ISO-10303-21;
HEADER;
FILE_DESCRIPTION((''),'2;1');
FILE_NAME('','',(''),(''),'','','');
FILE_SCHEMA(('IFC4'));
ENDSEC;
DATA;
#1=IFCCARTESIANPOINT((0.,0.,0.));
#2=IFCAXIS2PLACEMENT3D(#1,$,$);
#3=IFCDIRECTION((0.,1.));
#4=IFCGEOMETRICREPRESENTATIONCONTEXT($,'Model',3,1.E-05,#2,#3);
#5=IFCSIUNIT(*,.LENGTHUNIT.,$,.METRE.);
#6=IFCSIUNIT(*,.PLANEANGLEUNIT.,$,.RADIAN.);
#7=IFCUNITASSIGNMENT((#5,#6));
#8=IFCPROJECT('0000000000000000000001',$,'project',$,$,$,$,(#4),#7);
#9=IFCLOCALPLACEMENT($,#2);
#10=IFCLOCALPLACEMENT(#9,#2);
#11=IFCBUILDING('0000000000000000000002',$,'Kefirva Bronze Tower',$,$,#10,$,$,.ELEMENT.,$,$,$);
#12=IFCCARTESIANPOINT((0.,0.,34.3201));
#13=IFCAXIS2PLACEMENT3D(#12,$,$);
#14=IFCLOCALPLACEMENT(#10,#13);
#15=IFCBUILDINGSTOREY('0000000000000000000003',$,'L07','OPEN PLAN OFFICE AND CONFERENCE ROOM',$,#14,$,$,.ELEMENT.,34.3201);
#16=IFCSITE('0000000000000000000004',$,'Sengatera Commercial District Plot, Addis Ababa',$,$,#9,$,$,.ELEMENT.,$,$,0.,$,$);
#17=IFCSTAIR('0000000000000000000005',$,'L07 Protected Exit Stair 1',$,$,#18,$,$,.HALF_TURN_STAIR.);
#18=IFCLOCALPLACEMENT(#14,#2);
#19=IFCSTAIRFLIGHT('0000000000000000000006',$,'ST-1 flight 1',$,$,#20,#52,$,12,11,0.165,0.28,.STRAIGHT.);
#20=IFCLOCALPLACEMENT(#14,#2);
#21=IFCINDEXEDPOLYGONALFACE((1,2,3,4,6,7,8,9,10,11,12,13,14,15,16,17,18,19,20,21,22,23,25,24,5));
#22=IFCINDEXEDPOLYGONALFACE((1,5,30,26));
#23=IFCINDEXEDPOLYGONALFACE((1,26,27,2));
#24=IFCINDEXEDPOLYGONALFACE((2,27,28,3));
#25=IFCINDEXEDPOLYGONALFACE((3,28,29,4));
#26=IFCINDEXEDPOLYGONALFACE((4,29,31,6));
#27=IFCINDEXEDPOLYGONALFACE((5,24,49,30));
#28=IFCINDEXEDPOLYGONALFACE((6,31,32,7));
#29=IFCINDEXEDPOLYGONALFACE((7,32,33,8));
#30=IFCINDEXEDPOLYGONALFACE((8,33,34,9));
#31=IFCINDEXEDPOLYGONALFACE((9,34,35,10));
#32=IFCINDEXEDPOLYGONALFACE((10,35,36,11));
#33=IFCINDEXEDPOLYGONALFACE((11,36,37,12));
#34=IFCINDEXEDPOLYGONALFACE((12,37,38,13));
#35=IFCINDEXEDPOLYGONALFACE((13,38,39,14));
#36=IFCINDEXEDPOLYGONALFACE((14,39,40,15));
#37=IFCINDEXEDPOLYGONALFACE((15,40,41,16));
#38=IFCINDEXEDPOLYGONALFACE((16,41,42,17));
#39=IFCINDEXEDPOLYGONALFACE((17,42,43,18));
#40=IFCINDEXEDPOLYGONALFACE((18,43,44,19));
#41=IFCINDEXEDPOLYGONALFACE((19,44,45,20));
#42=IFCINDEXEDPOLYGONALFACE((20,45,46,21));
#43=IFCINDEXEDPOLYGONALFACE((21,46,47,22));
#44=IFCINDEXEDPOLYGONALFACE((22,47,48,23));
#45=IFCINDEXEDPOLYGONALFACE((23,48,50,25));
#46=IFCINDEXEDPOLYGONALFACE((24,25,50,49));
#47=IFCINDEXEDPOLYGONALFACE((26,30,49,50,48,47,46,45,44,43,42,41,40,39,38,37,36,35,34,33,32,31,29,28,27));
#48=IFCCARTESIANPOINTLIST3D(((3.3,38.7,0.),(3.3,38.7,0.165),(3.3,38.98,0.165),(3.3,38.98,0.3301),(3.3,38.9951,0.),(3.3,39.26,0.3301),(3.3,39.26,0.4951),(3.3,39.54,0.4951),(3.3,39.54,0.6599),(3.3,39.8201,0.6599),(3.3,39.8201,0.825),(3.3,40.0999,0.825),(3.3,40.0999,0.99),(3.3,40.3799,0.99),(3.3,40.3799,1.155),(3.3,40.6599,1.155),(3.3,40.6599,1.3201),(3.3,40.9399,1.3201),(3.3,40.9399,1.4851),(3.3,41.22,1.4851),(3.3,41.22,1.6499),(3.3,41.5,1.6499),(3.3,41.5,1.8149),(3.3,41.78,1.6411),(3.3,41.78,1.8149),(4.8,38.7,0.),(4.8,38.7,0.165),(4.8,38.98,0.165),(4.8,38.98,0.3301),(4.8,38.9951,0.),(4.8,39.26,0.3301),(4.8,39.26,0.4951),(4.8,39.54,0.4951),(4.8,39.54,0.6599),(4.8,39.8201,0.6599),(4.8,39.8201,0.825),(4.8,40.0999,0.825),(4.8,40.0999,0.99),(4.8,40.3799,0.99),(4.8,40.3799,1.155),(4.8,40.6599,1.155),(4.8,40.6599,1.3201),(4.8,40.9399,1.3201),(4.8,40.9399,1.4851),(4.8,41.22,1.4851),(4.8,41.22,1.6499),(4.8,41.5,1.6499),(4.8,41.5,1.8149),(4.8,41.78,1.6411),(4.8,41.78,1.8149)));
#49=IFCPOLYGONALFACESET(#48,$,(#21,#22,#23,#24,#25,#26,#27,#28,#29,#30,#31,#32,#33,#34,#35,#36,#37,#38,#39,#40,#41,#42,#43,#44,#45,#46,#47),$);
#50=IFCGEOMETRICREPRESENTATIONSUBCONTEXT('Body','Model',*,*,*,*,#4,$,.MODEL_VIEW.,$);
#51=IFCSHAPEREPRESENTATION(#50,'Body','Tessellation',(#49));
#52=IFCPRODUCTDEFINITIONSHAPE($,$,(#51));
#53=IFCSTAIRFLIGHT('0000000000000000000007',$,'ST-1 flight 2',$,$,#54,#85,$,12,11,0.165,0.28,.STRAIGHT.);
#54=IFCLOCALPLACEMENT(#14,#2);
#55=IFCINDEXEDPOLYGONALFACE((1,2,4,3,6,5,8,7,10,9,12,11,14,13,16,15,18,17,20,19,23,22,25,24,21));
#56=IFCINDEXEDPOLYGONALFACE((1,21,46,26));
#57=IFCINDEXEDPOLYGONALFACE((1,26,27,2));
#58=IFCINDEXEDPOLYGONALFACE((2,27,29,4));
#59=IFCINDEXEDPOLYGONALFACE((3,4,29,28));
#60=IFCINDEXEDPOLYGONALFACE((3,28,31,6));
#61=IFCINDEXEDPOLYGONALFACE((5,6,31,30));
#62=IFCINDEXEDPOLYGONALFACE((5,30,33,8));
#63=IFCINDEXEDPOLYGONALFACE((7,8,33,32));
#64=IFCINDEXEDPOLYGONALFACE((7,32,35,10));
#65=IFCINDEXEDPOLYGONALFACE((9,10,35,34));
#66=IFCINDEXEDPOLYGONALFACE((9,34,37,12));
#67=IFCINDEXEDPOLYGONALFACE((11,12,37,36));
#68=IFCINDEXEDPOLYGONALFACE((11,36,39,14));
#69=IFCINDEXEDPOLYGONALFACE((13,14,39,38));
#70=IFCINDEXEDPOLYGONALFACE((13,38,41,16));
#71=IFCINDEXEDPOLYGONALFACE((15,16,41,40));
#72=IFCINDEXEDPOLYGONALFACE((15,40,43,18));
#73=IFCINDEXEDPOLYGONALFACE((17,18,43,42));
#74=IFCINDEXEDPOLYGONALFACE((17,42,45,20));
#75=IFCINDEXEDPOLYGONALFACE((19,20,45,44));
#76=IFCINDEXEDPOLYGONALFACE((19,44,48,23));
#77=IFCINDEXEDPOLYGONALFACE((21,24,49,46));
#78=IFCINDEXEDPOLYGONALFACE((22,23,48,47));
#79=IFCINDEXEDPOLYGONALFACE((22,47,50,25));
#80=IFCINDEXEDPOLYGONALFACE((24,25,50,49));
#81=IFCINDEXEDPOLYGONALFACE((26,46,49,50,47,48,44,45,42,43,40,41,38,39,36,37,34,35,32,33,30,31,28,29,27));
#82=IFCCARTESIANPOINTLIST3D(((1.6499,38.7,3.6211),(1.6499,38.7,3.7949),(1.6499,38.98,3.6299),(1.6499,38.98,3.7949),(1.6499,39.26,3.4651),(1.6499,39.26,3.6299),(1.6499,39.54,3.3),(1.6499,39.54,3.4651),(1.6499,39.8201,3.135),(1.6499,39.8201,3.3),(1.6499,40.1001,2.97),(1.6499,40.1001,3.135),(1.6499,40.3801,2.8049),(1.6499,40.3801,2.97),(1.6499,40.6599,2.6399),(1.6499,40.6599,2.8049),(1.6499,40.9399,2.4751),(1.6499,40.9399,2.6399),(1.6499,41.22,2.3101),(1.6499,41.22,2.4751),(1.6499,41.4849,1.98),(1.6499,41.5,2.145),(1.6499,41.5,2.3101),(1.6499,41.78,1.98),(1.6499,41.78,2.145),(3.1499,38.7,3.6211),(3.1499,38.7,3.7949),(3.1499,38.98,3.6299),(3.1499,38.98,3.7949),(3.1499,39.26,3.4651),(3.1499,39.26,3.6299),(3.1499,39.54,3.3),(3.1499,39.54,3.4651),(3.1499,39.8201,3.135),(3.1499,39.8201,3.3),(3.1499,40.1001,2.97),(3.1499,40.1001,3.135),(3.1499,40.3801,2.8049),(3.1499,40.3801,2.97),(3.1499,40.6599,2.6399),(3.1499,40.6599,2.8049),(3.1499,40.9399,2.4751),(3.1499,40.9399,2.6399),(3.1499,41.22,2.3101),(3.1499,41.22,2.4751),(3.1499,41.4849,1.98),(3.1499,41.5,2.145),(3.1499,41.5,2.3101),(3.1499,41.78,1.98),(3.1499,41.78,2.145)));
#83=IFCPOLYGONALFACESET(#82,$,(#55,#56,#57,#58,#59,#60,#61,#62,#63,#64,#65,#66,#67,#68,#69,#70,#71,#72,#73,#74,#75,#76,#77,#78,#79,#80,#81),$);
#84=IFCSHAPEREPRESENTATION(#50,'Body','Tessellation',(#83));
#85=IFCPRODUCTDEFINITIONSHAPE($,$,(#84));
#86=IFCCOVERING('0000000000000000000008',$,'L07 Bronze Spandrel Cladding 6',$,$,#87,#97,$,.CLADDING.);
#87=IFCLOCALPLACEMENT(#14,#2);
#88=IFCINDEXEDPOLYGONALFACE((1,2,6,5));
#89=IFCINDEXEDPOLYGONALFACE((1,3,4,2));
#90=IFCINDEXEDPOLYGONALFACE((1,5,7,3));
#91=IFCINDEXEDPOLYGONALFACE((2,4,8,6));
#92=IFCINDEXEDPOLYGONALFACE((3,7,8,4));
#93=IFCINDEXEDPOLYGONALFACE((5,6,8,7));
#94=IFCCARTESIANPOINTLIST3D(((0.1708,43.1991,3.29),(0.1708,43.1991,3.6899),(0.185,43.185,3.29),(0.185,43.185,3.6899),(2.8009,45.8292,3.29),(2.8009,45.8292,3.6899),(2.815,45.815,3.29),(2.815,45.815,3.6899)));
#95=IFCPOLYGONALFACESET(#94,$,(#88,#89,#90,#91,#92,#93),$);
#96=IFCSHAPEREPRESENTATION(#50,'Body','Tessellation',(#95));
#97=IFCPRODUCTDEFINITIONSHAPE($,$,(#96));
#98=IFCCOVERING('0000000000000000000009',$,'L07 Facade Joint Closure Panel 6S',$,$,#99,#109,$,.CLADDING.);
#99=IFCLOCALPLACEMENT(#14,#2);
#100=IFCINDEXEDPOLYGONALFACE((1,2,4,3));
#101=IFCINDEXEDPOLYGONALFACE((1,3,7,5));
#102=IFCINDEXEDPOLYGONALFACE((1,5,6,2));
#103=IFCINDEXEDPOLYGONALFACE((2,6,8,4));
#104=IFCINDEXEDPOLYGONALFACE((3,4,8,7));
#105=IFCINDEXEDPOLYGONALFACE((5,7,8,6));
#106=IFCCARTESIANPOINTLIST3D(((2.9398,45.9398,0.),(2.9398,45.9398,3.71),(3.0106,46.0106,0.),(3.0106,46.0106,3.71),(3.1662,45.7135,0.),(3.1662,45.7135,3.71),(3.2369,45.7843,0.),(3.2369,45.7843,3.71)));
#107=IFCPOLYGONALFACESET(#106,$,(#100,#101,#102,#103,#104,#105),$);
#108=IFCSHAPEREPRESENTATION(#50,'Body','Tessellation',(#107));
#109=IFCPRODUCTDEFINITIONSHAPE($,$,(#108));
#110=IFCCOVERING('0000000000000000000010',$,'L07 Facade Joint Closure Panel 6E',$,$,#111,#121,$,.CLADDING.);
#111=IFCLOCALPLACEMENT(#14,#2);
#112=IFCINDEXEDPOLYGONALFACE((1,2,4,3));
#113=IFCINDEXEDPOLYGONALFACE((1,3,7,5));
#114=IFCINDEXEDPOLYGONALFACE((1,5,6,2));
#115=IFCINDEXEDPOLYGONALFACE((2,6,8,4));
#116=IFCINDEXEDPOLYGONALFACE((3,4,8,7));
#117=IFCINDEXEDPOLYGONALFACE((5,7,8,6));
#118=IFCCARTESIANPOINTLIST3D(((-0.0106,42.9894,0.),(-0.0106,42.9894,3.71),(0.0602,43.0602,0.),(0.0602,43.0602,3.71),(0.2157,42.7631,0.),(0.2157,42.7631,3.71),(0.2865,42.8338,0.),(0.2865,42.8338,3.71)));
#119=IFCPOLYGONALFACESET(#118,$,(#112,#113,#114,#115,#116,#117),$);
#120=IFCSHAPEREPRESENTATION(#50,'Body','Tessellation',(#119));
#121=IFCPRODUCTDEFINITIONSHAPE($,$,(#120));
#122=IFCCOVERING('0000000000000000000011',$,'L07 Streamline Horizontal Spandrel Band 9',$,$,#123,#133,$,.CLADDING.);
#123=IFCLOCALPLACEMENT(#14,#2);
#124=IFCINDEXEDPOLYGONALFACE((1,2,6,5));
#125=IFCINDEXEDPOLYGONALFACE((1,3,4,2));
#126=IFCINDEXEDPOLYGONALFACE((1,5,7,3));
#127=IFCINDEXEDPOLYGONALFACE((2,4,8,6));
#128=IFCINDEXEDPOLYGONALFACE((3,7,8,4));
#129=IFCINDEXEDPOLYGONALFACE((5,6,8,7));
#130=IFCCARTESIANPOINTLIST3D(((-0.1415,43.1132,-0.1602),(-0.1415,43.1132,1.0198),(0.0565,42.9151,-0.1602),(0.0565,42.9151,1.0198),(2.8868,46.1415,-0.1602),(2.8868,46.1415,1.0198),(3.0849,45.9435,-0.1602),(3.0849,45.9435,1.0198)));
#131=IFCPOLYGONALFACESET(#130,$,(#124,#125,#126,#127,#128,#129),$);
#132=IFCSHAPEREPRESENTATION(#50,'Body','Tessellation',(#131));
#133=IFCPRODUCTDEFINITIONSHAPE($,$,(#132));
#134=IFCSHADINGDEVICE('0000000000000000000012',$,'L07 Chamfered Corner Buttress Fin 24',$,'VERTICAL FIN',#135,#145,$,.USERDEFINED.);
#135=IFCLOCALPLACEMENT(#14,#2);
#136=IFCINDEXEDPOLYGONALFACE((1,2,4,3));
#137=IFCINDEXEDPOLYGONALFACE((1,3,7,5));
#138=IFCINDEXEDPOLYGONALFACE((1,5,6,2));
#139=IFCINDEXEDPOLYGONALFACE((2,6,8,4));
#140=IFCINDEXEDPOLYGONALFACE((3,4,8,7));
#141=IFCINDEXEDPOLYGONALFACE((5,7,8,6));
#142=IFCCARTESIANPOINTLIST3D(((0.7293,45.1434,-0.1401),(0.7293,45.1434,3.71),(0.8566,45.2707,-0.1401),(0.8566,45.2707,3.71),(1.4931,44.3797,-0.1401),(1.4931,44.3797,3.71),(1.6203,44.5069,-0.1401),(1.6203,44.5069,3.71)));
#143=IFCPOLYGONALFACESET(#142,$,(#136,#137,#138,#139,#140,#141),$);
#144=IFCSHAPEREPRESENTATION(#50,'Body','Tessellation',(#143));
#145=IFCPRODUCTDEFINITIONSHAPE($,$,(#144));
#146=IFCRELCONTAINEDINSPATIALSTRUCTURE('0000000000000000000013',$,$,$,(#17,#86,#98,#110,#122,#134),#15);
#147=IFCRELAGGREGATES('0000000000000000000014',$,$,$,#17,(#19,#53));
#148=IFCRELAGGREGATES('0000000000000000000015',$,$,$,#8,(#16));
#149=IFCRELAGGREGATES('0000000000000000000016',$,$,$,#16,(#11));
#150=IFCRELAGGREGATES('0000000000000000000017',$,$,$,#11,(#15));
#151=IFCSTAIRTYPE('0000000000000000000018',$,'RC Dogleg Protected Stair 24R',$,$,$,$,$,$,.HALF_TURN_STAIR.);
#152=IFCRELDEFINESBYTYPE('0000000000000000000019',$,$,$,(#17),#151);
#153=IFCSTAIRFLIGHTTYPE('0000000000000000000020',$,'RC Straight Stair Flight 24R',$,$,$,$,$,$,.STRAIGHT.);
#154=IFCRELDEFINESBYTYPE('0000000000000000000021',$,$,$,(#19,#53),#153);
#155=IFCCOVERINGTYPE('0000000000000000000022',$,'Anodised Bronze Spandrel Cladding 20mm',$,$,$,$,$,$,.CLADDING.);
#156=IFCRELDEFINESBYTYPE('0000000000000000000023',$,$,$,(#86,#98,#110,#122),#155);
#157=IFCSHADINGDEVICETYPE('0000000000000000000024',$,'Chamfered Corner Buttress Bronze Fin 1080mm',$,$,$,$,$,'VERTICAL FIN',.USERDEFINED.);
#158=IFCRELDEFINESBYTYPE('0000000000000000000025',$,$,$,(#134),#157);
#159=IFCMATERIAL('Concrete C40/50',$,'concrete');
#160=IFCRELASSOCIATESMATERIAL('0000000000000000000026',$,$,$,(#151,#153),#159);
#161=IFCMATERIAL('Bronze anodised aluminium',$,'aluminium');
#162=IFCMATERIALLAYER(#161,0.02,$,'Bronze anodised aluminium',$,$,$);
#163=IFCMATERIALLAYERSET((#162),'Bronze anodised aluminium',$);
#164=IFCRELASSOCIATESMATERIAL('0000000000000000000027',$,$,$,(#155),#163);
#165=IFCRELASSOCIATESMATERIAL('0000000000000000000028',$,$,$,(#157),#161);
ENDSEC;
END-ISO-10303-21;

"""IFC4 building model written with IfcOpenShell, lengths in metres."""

from ifc_helpers import new_model, si_unit, direction, frame, origin, origin_2d, place, context, subcontext, project, spatial, polyline, rectangle, outline, extrude, material, layer, layer_set, material_profile, profile_set, type_object, element, aggregate, save


model = new_model("IFC4")

# Units and contexts
model_context = context("Model", 3, precision=1e-05, world=origin(), true_north=direction((0.0, 1.0)))
body_context = subcontext(model_context, "Body", "Model", "MODEL_VIEW")
ifc_project = project(units=[si_unit("LENGTHUNIT", "METRE"), si_unit("PLANEANGLEUNIT", "RADIAN")], contexts=[model_context])

# Site, building, storey
site_placement = place(None, origin())
site = spatial("IfcSite", under=ifc_project, at=site_placement, Name="Sengatera Commercial District Plot, Addis Ababa", CompositionType="ELEMENT", RefElevation=0.0)
building_placement = place(site_placement, origin())
building = spatial("IfcBuilding", under=site, at=building_placement, Name="Kefirva Bronze Tower", CompositionType="ELEMENT")
storey_placement = place(building_placement, frame((0.0, 0.0, 34.3201)))
storey = spatial("IfcBuildingStorey", under=building, at=storey_placement, Name="L07", Description="OPEN PLAN OFFICE AND CONFERENCE ROOM", CompositionType="ELEMENT", Elevation=34.3201)

# Shared definitions
ifc_material_1 = material(Name="Bronze anodised aluminium", Category="aluminium")

# Stair, stair flights
ifc_material_2 = material(Name="Concrete C40/50", Category="concrete")
stair_type = type_object("IfcStairType", Name="RC Dogleg Protected Stair 24R", PredefinedType="HALF_TURN_STAIR", material=ifc_material_2)
stair_placement = place(storey_placement, origin())
stair = element("IfcStair", 1, at=stair_placement, inside=storey, type_object=stair_type, Name="L07 Protected Exit Stair 1", PredefinedType="HALF_TURN_STAIR")
stair_flight_type = type_object("IfcStairFlightType", Name="RC Straight Stair Flight 24R", PredefinedType="STRAIGHT", material=ifc_material_2)
stair_flight_1_placement = place(storey_placement, frame((4.05, 38.7, 0.0), z_axis=(0.0, 0.0, 1.0), x_axis=(0.0, 1.0, 0.0)))
stair_flight_1 = element("IfcStairFlight", 2, at=stair_flight_1_placement, type_object=stair_flight_type, Name="ST-1 flight 1", NumberOfRisers=12, NumberOfTreads=11, PredefinedType="STRAIGHT", RiserHeight=0.165, TreadLength=0.28, context=body_context, shape_type="SweptSolid", body=[
    extrude(outline(polyline([(0.0, 0.0), (0.0, 0.165), (0.28, 0.165), (0.28, 0.3301), (0.5601, 0.3301), (0.5601, 0.4951), (0.8401, 0.4951), (0.8401, 0.6599), (1.1201, 0.6599), (1.1201, 0.825), (1.3999, 0.825), (1.3999, 0.99), (1.6799, 0.99), (1.6799, 1.155), (1.96, 1.155), (1.96, 1.3201), (2.24, 1.3201), (2.24, 1.4851), (2.52, 1.4851), (2.52, 1.6499), (2.8, 1.6499), (2.8, 1.8149), (3.0801, 1.8149), (3.0801, 1.98), (3.0801, 1.6411), (0.2952, 0.0), (0.0, 0.0)])), frame((0.0, 0.75, 0.0), z_axis=(0.0, -1.0, 0.0), x_axis=(1.0, 0.0, 0.0)), (0.0, 0.0, 1.0), 1.5),
])
stair_flight_2_placement = place(storey_placement, frame((2.3999, 41.78, 1.98), z_axis=(0.0, 0.0, 1.0), x_axis=(0.0, -1.0, 0.0)))
stair_flight_2 = element("IfcStairFlight", 3, at=stair_flight_2_placement, type_object=stair_flight_type, Name="ST-1 flight 2", NumberOfRisers=12, NumberOfTreads=11, PredefinedType="STRAIGHT", RiserHeight=0.165, TreadLength=0.28, context=body_context, shape_type="SweptSolid", body=[
    extrude(outline(polyline([(0.0, 0.0), (0.0, 0.165), (0.28, 0.165), (0.28, 0.3301), (0.5601, 0.3301), (0.5601, 0.4951), (0.8401, 0.4951), (0.8401, 0.6599), (1.1201, 0.6599), (1.1201, 0.825), (1.3999, 0.825), (1.3999, 0.99), (1.6799, 0.99), (1.6799, 1.155), (1.96, 1.155), (1.96, 1.3201), (2.24, 1.3201), (2.24, 1.4851), (2.52, 1.4851), (2.52, 1.6499), (2.8, 1.6499), (2.8, 1.8149), (3.0801, 1.8149), (3.0801, 1.98), (3.0801, 1.6411), (0.2952, 0.0), (0.0, 0.0)])), frame((0.0, 0.75, 0.0), z_axis=(0.0, -1.0, 0.0), x_axis=(1.0, 0.0, 0.0)), (0.0, 0.0, 1.0), 1.5),
])
aggregate(stair, [stair_flight_1, stair_flight_2])

# Coverings
ifc_layer_1 = layer(ifc_material_1, 0.02, Name="Bronze anodised aluminium")
ifc_layer_set_1 = layer_set([ifc_layer_1], Name="Bronze anodised aluminium")
covering_type_1 = type_object("IfcCoveringType", Name="Anodised Bronze Spandrel Cladding 20mm", PredefinedType="CLADDING", material=ifc_layer_set_1)
covering_1_placement = place(storey_placement, frame((1.4929, 44.5071, 3.29), z_axis=(0.0, 0.0, 1.0), x_axis=(-0.707107, -0.707107, 0.0)))
element("IfcCovering", 4, at=covering_1_placement, inside=storey, type_object=covering_type_1, Name="L07 Bronze Spandrel Cladding 6", PredefinedType="CLADDING", context=body_context, shape_type="SweptSolid", body=[
    extrude(rectangle(XDim=3.7195, YDim=0.02, at=origin_2d()), origin(), (0.0, 0.0, 1.0), 0.3999),
])
for number, where, z_axis, x_axis, name in (
    (5, (3.0884, 45.8621, 0.0), (0.0, 0.0, 1.0), (-0.707107, -0.707107, 0.0), "L07 Facade Joint Closure Panel 6S"),
    (6, (0.1379, 42.9116, 0.0), (0.0, 0.0, 1.0), (-0.707107, -0.707107, 0.0), "L07 Facade Joint Closure Panel 6E"),
):
    element("IfcCovering", number, at=place(storey_placement, frame(where, z_axis=z_axis, x_axis=x_axis)), inside=storey, type_object=covering_type_1, Name=name, PredefinedType="CLADDING", context=body_context, shape_type="SweptSolid", body=[
        extrude(rectangle(XDim=0.1001, YDim=0.3201, at=origin_2d()), origin(), (0.0, 0.0, 1.0), 3.71),
    ])
covering_2_placement = place(storey_placement, frame((1.4717, 44.5283, -0.1602), z_axis=(0.0, 0.0, 1.0), x_axis=(-0.707107, -0.707107, 0.0)))
element("IfcCovering", 7, at=covering_2_placement, inside=storey, type_object=covering_type_1, Name="L07 Streamline Horizontal Spandrel Band 9", PredefinedType="CLADDING", context=body_context, shape_type="SweptSolid", body=[
    extrude(rectangle(XDim=4.2827, YDim=0.28, at=origin_2d()), origin(), (0.0, 0.0, 1.0), 1.1799),
])

# Shading device
ifc_material_profile_1 = material_profile(ifc_material_1, rectangle(XDim=0.1799, YDim=1.0801, at=origin_2d()), Name="BRONZE BUTTRESS FIN 180x1080")
ifc_profile_set_1 = profile_set([ifc_material_profile_1], Name="Bronze anodised aluminium")
shading_device_type = type_object("IfcShadingDeviceType", Name="Chamfered Corner Buttress Bronze Fin 1080mm", ElementType="VERTICAL FIN", PredefinedType="USERDEFINED", material=ifc_profile_set_1)
shading_device_placement = place(storey_placement, frame((1.1748, 44.8252, -0.1401), z_axis=(0.0, 0.0, 1.0), x_axis=(-0.707107, -0.707107, 0.0)))
element("IfcShadingDevice", 8, at=shading_device_placement, inside=storey, type_object=shading_device_type, Name="L07 Chamfered Corner Buttress Fin 24", ObjectType="VERTICAL FIN", PredefinedType="USERDEFINED", context=body_context, shape_type="SweptSolid", body=[
    extrude(rectangle(XDim=0.1799, YDim=1.0801, at=origin_2d()), origin(), (0.0, 0.0, 1.0), 3.8501),
])

save(model, "model.ifc")
